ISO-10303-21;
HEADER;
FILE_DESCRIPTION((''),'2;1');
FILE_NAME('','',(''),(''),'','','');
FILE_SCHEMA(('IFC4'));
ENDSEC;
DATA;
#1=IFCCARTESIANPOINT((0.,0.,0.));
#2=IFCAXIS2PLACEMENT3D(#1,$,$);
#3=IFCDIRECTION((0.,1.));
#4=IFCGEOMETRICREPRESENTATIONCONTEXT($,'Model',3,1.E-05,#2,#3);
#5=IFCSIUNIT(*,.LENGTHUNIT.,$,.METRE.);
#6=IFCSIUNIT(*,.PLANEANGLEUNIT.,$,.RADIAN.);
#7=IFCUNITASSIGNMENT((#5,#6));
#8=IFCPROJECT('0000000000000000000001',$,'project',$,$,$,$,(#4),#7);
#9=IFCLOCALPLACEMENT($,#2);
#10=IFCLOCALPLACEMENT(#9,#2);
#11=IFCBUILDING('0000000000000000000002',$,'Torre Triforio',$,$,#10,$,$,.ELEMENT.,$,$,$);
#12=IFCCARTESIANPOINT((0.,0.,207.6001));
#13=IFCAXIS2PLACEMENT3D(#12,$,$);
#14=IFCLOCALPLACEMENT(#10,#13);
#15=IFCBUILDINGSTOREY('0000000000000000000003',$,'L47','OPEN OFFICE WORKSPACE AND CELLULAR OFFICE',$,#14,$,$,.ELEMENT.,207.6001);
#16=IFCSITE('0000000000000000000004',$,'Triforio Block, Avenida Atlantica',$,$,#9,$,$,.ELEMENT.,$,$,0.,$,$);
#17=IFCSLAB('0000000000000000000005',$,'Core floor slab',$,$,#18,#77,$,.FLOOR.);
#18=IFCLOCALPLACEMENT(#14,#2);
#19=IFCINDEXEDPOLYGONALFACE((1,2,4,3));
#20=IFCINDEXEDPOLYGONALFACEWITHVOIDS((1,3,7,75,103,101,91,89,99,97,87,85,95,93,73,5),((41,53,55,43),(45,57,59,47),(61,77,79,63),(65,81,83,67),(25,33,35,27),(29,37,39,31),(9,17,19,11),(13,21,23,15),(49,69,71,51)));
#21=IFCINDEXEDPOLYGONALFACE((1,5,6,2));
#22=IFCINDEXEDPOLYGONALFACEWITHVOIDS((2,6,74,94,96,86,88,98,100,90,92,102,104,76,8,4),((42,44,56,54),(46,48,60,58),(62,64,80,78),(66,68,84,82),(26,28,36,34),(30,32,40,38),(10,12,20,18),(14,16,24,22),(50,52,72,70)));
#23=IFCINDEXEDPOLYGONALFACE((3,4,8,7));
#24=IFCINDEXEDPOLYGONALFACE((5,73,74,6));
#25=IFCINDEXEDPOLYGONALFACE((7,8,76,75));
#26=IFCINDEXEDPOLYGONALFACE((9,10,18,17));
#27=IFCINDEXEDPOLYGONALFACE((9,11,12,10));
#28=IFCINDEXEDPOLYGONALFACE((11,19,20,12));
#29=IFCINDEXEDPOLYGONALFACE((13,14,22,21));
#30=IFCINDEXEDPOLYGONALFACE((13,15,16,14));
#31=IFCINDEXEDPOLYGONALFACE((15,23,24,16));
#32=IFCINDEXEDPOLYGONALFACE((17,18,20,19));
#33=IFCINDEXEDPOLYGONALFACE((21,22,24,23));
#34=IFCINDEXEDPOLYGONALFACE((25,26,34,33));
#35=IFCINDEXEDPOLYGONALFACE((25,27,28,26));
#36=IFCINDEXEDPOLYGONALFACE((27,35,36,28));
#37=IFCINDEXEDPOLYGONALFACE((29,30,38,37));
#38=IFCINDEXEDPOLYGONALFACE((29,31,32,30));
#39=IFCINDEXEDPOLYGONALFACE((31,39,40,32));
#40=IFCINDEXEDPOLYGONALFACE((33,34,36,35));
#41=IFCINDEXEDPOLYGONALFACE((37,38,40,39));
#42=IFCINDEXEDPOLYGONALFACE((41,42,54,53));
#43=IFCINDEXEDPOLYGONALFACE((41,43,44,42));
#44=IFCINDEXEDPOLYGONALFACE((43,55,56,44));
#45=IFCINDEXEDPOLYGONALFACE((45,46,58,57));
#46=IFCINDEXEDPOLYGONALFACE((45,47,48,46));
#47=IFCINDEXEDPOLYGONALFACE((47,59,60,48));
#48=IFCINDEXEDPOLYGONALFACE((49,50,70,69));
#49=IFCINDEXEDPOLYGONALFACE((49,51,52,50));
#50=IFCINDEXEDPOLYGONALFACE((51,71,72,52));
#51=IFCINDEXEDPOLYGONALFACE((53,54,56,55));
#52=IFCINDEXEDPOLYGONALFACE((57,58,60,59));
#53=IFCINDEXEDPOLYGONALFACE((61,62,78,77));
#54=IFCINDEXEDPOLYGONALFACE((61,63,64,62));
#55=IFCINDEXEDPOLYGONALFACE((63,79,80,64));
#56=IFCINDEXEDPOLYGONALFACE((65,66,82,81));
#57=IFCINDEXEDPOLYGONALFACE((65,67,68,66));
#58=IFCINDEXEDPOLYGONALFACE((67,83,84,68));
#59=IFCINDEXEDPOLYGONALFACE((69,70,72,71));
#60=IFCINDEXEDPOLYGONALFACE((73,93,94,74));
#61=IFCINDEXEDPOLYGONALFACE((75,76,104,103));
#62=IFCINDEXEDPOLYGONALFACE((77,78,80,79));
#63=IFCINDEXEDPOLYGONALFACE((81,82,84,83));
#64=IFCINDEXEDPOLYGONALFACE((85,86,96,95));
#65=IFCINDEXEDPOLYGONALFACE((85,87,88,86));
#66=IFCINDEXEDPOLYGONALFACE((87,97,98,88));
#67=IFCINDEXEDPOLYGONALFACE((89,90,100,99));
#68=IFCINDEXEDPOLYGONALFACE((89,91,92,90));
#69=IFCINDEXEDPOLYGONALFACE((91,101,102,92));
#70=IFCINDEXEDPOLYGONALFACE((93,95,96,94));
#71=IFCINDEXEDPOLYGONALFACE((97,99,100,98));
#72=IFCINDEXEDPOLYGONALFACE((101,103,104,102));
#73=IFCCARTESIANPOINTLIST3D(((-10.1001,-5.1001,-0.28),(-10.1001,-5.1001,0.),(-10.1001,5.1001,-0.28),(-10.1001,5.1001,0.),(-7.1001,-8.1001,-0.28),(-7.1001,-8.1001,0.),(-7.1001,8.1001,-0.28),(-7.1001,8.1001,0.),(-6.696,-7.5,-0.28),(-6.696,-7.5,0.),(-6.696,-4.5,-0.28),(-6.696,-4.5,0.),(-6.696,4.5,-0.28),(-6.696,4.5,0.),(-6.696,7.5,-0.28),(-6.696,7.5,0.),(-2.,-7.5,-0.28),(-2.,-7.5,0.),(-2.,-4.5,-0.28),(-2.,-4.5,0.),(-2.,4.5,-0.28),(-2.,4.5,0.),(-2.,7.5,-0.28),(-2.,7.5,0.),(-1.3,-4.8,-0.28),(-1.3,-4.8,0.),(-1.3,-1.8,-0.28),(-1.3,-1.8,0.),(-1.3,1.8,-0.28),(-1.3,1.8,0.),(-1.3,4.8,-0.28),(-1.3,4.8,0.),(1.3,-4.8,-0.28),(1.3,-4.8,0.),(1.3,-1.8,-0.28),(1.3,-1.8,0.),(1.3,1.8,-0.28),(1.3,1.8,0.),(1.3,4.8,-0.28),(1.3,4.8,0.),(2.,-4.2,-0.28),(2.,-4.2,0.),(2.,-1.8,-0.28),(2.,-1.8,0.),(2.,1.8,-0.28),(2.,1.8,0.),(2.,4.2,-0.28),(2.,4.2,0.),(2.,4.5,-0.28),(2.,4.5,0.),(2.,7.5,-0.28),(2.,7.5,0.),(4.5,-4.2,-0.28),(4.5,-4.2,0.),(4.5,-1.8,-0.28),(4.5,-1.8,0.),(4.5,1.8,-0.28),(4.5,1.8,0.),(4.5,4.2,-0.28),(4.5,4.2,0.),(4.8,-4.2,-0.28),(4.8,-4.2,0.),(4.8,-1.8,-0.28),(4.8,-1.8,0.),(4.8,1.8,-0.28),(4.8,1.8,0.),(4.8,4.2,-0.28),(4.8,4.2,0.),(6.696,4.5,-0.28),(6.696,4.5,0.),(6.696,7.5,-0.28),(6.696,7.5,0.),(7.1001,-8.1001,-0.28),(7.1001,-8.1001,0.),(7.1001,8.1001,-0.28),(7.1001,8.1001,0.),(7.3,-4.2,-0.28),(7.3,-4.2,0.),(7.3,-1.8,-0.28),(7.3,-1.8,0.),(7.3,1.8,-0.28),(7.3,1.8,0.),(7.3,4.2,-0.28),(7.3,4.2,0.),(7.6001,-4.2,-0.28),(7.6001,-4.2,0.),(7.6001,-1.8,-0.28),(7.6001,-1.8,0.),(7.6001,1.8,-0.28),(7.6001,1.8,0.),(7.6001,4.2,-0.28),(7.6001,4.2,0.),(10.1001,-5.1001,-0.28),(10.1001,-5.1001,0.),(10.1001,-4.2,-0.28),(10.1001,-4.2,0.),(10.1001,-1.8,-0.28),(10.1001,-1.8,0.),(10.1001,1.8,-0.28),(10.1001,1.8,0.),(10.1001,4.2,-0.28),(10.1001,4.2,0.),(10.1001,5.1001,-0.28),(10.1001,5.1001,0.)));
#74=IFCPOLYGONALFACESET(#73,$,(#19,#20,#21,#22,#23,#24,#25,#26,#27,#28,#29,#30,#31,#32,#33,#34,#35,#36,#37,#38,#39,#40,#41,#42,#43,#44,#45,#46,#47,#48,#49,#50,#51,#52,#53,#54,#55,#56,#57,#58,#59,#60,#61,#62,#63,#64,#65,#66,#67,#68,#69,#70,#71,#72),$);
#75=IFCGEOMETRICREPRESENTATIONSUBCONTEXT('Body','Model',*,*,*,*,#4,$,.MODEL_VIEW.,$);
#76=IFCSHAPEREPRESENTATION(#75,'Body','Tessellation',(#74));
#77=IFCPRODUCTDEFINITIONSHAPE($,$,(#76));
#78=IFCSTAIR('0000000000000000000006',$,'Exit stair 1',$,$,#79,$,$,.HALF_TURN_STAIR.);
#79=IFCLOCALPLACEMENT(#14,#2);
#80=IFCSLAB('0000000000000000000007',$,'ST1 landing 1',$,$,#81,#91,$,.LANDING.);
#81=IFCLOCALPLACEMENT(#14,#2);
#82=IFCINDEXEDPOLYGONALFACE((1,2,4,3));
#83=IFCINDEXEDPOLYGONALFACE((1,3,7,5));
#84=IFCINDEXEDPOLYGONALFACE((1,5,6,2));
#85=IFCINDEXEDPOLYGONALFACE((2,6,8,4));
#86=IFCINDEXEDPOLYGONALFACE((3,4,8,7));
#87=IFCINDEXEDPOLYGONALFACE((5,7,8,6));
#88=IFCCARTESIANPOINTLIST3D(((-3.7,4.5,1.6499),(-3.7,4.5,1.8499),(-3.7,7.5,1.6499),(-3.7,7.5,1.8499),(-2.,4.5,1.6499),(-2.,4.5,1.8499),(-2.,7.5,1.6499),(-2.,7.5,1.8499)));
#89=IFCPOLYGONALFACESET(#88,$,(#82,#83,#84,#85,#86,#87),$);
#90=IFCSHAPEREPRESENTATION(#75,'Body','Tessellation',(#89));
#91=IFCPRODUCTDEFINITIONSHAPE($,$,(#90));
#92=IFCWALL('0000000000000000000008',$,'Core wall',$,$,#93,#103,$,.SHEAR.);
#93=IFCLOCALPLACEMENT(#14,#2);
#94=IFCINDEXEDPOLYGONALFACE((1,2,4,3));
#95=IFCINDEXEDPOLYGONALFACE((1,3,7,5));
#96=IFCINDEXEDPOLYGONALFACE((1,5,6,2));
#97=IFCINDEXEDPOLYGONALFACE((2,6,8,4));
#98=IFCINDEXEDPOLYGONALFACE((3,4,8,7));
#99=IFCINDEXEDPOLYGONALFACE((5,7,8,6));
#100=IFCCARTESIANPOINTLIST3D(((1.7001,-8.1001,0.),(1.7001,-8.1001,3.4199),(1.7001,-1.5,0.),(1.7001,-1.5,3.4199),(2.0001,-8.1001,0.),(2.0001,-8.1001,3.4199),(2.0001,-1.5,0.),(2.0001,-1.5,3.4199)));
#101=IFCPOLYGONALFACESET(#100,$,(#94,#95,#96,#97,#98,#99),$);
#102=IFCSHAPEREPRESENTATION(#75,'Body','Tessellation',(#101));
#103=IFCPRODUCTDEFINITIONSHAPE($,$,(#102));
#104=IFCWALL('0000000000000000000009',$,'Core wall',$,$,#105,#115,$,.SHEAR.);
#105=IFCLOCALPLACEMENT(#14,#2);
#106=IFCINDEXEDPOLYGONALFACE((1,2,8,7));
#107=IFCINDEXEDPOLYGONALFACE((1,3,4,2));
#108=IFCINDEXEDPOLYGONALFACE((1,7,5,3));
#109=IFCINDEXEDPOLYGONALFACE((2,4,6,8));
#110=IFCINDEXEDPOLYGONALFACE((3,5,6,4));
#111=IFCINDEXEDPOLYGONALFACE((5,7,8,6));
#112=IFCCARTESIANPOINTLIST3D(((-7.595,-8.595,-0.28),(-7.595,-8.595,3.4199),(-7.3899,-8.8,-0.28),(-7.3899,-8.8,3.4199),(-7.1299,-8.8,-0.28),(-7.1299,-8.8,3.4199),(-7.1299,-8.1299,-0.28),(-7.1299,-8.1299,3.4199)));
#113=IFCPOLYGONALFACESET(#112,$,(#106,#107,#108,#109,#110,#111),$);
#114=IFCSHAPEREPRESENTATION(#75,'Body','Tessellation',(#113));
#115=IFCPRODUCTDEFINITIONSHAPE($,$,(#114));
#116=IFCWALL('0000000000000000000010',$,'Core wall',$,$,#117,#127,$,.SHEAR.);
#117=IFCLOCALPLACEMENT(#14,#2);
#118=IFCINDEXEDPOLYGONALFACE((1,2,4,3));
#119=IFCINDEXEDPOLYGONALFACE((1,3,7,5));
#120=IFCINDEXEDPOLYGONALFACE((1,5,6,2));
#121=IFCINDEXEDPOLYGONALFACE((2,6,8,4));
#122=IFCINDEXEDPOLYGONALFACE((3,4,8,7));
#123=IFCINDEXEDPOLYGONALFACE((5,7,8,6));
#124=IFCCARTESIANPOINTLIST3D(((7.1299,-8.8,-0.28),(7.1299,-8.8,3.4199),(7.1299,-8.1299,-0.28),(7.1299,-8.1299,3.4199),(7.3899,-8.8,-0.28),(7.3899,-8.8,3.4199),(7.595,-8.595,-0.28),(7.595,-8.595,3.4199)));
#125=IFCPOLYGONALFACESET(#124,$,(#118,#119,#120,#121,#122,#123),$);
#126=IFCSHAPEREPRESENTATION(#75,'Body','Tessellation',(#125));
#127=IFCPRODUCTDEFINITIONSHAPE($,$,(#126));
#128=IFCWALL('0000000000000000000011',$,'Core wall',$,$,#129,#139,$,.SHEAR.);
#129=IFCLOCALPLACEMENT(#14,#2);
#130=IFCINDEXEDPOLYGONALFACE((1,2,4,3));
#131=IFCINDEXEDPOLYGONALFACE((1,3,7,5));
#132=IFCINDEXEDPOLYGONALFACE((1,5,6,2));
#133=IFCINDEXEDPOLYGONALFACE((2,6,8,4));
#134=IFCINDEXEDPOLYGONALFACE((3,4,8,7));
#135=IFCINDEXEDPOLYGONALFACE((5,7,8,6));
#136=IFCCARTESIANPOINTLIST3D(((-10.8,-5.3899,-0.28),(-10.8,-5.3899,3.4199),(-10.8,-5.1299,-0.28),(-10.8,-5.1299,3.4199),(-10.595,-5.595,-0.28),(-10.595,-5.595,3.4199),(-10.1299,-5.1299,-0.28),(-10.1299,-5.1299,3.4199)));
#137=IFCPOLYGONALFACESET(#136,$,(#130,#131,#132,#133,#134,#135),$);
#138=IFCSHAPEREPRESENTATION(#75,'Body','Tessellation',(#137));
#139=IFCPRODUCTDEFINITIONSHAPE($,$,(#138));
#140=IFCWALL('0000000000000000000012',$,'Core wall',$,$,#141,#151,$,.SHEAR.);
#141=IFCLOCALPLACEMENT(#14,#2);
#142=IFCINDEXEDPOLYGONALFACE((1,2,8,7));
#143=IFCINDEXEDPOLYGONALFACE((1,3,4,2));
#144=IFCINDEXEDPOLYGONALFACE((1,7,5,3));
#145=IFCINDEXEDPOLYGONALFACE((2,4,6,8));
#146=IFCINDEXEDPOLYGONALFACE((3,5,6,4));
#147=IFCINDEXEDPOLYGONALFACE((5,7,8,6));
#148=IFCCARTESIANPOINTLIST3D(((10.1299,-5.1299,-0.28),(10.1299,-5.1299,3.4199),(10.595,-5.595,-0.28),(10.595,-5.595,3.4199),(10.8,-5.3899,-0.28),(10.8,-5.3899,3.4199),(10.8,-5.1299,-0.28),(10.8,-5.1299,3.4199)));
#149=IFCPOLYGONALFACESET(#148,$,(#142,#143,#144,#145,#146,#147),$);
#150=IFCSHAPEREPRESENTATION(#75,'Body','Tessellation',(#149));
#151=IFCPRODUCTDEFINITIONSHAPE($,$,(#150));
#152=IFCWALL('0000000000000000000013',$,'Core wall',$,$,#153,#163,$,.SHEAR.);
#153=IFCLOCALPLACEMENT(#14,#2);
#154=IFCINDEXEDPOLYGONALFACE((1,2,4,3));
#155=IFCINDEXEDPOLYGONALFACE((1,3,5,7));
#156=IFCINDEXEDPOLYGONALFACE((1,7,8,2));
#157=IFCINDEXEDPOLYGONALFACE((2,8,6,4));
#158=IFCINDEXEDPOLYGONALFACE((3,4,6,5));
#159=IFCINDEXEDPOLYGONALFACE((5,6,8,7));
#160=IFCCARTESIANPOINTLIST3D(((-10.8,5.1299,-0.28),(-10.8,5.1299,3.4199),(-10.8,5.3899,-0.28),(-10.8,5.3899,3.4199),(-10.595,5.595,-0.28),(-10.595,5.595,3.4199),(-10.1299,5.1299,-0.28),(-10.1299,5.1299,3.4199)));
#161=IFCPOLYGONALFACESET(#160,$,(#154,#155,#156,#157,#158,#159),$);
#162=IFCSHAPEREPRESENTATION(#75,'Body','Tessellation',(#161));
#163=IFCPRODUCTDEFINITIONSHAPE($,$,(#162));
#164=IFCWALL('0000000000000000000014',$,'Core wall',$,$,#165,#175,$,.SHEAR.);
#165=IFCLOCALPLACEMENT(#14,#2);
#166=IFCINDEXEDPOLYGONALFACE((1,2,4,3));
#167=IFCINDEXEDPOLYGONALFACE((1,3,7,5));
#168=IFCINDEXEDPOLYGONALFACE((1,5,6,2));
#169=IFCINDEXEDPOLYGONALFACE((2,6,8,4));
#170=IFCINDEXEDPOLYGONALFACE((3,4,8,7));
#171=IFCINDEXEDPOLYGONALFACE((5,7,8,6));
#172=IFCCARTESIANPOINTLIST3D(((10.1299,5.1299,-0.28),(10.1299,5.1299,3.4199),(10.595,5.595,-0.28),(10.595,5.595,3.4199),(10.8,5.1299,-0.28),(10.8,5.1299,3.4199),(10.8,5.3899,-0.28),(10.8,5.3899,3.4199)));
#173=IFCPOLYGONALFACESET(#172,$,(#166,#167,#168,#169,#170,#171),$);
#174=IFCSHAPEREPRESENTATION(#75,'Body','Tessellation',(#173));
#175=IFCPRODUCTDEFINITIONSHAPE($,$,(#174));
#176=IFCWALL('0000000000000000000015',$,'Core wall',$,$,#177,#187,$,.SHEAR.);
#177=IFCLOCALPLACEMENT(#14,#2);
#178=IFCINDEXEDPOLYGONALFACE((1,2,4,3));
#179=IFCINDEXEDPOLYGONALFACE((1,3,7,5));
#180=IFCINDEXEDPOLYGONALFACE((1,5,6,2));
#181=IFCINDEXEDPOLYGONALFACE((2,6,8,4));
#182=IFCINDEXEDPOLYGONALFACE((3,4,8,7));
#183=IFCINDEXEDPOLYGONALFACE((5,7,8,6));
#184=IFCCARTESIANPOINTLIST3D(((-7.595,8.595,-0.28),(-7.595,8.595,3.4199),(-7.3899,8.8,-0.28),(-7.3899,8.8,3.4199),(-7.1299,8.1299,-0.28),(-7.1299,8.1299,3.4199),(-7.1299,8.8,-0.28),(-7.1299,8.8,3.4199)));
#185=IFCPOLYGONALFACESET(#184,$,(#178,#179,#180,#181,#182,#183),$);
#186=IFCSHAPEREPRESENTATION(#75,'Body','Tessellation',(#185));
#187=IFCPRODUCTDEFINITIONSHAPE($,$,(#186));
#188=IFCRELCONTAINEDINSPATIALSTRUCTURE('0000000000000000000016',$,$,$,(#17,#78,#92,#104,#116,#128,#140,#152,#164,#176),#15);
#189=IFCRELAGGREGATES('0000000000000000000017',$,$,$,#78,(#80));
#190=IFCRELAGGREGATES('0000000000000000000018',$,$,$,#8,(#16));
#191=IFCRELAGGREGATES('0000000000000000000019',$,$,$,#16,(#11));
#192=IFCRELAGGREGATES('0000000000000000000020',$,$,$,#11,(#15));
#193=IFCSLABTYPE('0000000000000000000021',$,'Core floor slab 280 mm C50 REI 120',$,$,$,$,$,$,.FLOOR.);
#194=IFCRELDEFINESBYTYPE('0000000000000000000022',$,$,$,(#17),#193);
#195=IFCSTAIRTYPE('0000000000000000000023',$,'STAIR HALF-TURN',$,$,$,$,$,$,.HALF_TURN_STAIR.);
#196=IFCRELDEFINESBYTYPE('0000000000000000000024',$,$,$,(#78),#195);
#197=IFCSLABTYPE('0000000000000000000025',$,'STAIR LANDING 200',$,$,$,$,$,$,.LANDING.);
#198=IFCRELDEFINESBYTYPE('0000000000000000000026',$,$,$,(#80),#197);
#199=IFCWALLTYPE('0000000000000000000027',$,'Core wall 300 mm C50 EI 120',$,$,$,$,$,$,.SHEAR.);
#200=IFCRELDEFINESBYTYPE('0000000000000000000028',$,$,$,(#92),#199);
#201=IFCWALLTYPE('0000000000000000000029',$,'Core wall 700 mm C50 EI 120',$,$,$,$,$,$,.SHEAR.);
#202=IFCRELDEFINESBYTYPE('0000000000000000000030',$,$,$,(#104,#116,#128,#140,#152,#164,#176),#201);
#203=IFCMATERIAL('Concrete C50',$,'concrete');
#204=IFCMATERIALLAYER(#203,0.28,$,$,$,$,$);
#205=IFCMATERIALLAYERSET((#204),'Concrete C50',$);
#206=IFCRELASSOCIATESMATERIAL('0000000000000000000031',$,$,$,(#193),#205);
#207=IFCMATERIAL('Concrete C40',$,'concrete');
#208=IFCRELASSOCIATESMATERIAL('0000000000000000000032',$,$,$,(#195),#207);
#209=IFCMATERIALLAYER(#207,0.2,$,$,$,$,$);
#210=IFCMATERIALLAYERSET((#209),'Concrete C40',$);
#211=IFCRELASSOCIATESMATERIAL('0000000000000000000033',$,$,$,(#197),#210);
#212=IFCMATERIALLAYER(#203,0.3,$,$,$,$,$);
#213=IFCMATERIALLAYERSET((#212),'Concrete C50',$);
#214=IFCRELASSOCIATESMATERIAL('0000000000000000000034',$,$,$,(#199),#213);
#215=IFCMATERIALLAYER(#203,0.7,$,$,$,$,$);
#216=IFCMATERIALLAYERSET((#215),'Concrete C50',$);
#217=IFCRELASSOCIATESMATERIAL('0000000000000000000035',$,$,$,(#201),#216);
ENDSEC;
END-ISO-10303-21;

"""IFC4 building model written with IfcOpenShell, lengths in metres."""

from ifc_helpers import new_model, si_unit, direction, frame, frame_2d, origin, place, context, subcontext, project, spatial, polyline, rectangle, outline, extrude, material, layer, layer_set, type_object, element, aggregate, save


model = new_model("IFC4")

# Units and contexts
model_context = context("Model", 3, precision=1e-05, world=origin(), true_north=direction((0.0, 1.0)))
body_context = subcontext(model_context, "Body", "Model", "MODEL_VIEW")
ifc_project = project(units=[si_unit("LENGTHUNIT", "METRE"), si_unit("PLANEANGLEUNIT", "RADIAN")], contexts=[model_context])

# Site, building, storey
site_placement = place(None, origin())
site = spatial("IfcSite", under=ifc_project, at=site_placement, Name="Triforio Block, Avenida Atlantica", CompositionType="ELEMENT", RefElevation=0.0)
building_placement = place(site_placement, origin())
building = spatial("IfcBuilding", under=site, at=building_placement, Name="Torre Triforio", CompositionType="ELEMENT")
storey_placement = place(building_placement, frame((0.0, 0.0, 207.6001)))
storey = spatial("IfcBuildingStorey", under=building, at=storey_placement, Name="L47", Description="OPEN OFFICE WORKSPACE AND CELLULAR OFFICE", CompositionType="ELEMENT", Elevation=207.6001)

# Slab
ifc_material_1 = material(Name="Concrete C50", Category="concrete")
ifc_layer_1 = layer(ifc_material_1, 0.28)
ifc_layer_set_1 = layer_set([ifc_layer_1], Name="Concrete C50")
slab_type_1 = type_object("IfcSlabType", Name="Core floor slab 280 mm C50 REI 120", PredefinedType="FLOOR", material=ifc_layer_set_1)
slab_1_placement = place(storey_placement, frame((0.0, 0.0, -0.28)))
element("IfcSlab", 1, at=slab_1_placement, inside=storey, type_object=slab_type_1, Name="Core floor slab", PredefinedType="FLOOR", context=body_context, shape_type="SweptSolid", body=[
    extrude(outline(polyline([(10.1001, -5.1001), (7.1001, -8.1001), (-7.1001, -8.1001), (-10.1001, -5.1001), (-10.1001, 5.1001), (-7.1001, 8.1001), (7.1001, 8.1001), (10.1001, 5.1001), (10.1001, 4.2), (7.6001, 4.2), (7.6001, 1.8), (10.1001, 1.8), (10.1001, -1.8), (7.6001, -1.8), (7.6001, -4.2), (10.1001, -4.2), (10.1001, -5.1001)]), holes=[polyline([(-6.696, -4.5), (-6.696, -7.5), (-2.0, -7.5), (-2.0, -4.5), (-6.696, -4.5)]), polyline([(-1.3, -1.8), (-1.3, -4.8), (1.3, -4.8), (1.3, -1.8), (-1.3, -1.8)]), polyline([(2.0, -1.8), (2.0, -4.2), (4.5, -4.2), (4.5, -1.8), (2.0, -1.8)]), polyline([(4.5, 4.2), (2.0, 4.2), (2.0, 1.8), (4.5, 1.8), (4.5, 4.2)]), polyline([(1.3, 4.8), (-1.3, 4.8), (-1.3, 1.8), (1.3, 1.8), (1.3, 4.8)]), polyline([(-6.696, 7.5), (-6.696, 4.5), (-2.0, 4.5), (-2.0, 7.5), (-6.696, 7.5)]), polyline([(7.3, -1.8), (4.8, -1.8), (4.8, -4.2), (7.3, -4.2), (7.3, -1.8)]), polyline([(4.8, 4.2), (4.8, 1.8), (7.3, 1.8), (7.3, 4.2), (4.8, 4.2)]), polyline([(6.696, 7.5), (2.0, 7.5), (2.0, 4.5), (6.696, 4.5), (6.696, 7.5)])]), origin(), (0.0, 0.0, 1.0), 0.28),
])

# Stair, slab
ifc_material_2 = material(Name="Concrete C40", Category="concrete")
stair_type = type_object("IfcStairType", Name="STAIR HALF-TURN", PredefinedType="HALF_TURN_STAIR", material=ifc_material_2)
stair_placement = place(storey_placement, origin())
stair = element("IfcStair", 2, at=stair_placement, inside=storey, type_object=stair_type, Name="Exit stair 1", PredefinedType="HALF_TURN_STAIR")
ifc_layer_2 = layer(ifc_material_2, 0.2)
ifc_layer_set_2 = layer_set([ifc_layer_2], Name="Concrete C40")
slab_type_2 = type_object("IfcSlabType", Name="STAIR LANDING 200", PredefinedType="LANDING", material=ifc_layer_set_2)
slab_2_placement = place(storey_placement, frame((0.0, 0.0, 1.6499)))
slab_2 = element("IfcSlab", 3, at=slab_2_placement, type_object=slab_type_2, Name="ST1 landing 1", PredefinedType="LANDING", context=body_context, shape_type="SweptSolid", body=[
    extrude(outline(polyline([(-2.0, 4.5), (-2.0, 7.5), (-3.7, 7.5), (-3.7, 4.5), (-2.0, 4.5)])), origin(), (0.0, 0.0, 1.0), 0.2),
])
aggregate(stair, [slab_2])

# Walls
ifc_layer_3 = layer(ifc_material_1, 0.3)
ifc_layer_set_3 = layer_set([ifc_layer_3], Name="Concrete C50")
wall_type_1 = type_object("IfcWallType", Name="Core wall 300 mm C50 EI 120", PredefinedType="SHEAR", material=ifc_layer_set_3)
wall_1_placement = place(storey_placement, frame((1.8501, -8.1001, 0.0), z_axis=(0.0, 0.0, 1.0), x_axis=(0.0, 1.0, 0.0)))
element("IfcWall", 4, at=wall_1_placement, inside=storey, type_object=wall_type_1, Name="Core wall", PredefinedType="SHEAR", context=body_context, shape_type="SweptSolid", body=[
    extrude(rectangle(XDim=6.6001, YDim=0.3, at=frame_2d((3.3, 0.0))), origin(), (0.0, 0.0, 1.0), 3.4199),
])
ifc_layer_4 = layer(ifc_material_1, 0.7)
ifc_layer_set_4 = layer_set([ifc_layer_4], Name="Concrete C50")
wall_type_2 = type_object("IfcWallType", Name="Core wall 700 mm C50 EI 120", PredefinedType="SHEAR", material=ifc_layer_set_4)
wall_2_placement = place(storey_placement, frame((0.0, 0.0, -0.28)))
element("IfcWall", 5, at=wall_2_placement, inside=storey, type_object=wall_type_2, Name="Core wall", PredefinedType="SHEAR", context=body_context, shape_type="SweptSolid", body=[
    extrude(outline(polyline([(-7.3899, -8.8), (-7.595, -8.595), (-7.595, -8.595), (-7.595, -8.595), (-7.1299, -8.1299), (-7.1299, -8.8), (-7.1299, -8.8), (-7.3899, -8.8)])), origin(), (0.0, 0.0, 1.0), 3.7),
])
wall_3_placement = place(storey_placement, frame((0.0, 0.0, -0.28)))
element("IfcWall", 6, at=wall_3_placement, inside=storey, type_object=wall_type_2, Name="Core wall", PredefinedType="SHEAR", context=body_context, shape_type="SweptSolid", body=[
    extrude(outline(polyline([(7.3899, -8.8), (7.1299, -8.8), (7.1299, -8.8), (7.1299, -8.1299), (7.595, -8.595), (7.595, -8.595), (7.595, -8.595), (7.3899, -8.8)])), origin(), (0.0, 0.0, 1.0), 3.7),
])
wall_4_placement = place(storey_placement, frame((0.0, 0.0, -0.28)))
element("IfcWall", 7, at=wall_4_placement, inside=storey, type_object=wall_type_2, Name="Core wall", PredefinedType="SHEAR", context=body_context, shape_type="SweptSolid", body=[
    extrude(outline(polyline([(-10.8, -5.3899), (-10.8, -5.1299), (-10.8, -5.1299), (-10.1299, -5.1299), (-10.595, -5.595), (-10.595, -5.595), (-10.595, -5.595), (-10.8, -5.3899)])), origin(), (0.0, 0.0, 1.0), 3.7),
])
wall_5_placement = place(storey_placement, frame((0.0, 0.0, -0.28)))
element("IfcWall", 8, at=wall_5_placement, inside=storey, type_object=wall_type_2, Name="Core wall", PredefinedType="SHEAR", context=body_context, shape_type="SweptSolid", body=[
    extrude(outline(polyline([(10.8, -5.3899), (10.595, -5.595), (10.595, -5.595), (10.595, -5.595), (10.1299, -5.1299), (10.8, -5.1299), (10.8, -5.1299), (10.8, -5.3899)])), origin(), (0.0, 0.0, 1.0), 3.7),
])
wall_6_placement = place(storey_placement, frame((0.0, 0.0, -0.28)))
element("IfcWall", 9, at=wall_6_placement, inside=storey, type_object=wall_type_2, Name="Core wall", PredefinedType="SHEAR", context=body_context, shape_type="SweptSolid", body=[
    extrude(outline(polyline([(-10.595, 5.595), (-10.595, 5.595), (-10.595, 5.595), (-10.1299, 5.1299), (-10.8, 5.1299), (-10.8, 5.1299), (-10.8, 5.3899), (-10.595, 5.595)])), origin(), (0.0, 0.0, 1.0), 3.7),
])
wall_7_placement = place(storey_placement, frame((0.0, 0.0, -0.28)))
element("IfcWall", 10, at=wall_7_placement, inside=storey, type_object=wall_type_2, Name="Core wall", PredefinedType="SHEAR", context=body_context, shape_type="SweptSolid", body=[
    extrude(outline(polyline([(10.8, 5.3899), (10.8, 5.1299), (10.8, 5.1299), (10.1299, 5.1299), (10.595, 5.595), (10.595, 5.595), (10.595, 5.595), (10.8, 5.3899)])), origin(), (0.0, 0.0, 1.0), 3.7),
])
wall_8_placement = place(storey_placement, frame((0.0, 0.0, -0.28)))
element("IfcWall", 11, at=wall_8_placement, inside=storey, type_object=wall_type_2, Name="Core wall", PredefinedType="SHEAR", context=body_context, shape_type="SweptSolid", body=[
    extrude(outline(polyline([(-7.3899, 8.8), (-7.1299, 8.8), (-7.1299, 8.8), (-7.1299, 8.1299), (-7.595, 8.595), (-7.595, 8.595), (-7.595, 8.595), (-7.3899, 8.8)])), origin(), (0.0, 0.0, 1.0), 3.7),
])

save(model, "model.ifc")
